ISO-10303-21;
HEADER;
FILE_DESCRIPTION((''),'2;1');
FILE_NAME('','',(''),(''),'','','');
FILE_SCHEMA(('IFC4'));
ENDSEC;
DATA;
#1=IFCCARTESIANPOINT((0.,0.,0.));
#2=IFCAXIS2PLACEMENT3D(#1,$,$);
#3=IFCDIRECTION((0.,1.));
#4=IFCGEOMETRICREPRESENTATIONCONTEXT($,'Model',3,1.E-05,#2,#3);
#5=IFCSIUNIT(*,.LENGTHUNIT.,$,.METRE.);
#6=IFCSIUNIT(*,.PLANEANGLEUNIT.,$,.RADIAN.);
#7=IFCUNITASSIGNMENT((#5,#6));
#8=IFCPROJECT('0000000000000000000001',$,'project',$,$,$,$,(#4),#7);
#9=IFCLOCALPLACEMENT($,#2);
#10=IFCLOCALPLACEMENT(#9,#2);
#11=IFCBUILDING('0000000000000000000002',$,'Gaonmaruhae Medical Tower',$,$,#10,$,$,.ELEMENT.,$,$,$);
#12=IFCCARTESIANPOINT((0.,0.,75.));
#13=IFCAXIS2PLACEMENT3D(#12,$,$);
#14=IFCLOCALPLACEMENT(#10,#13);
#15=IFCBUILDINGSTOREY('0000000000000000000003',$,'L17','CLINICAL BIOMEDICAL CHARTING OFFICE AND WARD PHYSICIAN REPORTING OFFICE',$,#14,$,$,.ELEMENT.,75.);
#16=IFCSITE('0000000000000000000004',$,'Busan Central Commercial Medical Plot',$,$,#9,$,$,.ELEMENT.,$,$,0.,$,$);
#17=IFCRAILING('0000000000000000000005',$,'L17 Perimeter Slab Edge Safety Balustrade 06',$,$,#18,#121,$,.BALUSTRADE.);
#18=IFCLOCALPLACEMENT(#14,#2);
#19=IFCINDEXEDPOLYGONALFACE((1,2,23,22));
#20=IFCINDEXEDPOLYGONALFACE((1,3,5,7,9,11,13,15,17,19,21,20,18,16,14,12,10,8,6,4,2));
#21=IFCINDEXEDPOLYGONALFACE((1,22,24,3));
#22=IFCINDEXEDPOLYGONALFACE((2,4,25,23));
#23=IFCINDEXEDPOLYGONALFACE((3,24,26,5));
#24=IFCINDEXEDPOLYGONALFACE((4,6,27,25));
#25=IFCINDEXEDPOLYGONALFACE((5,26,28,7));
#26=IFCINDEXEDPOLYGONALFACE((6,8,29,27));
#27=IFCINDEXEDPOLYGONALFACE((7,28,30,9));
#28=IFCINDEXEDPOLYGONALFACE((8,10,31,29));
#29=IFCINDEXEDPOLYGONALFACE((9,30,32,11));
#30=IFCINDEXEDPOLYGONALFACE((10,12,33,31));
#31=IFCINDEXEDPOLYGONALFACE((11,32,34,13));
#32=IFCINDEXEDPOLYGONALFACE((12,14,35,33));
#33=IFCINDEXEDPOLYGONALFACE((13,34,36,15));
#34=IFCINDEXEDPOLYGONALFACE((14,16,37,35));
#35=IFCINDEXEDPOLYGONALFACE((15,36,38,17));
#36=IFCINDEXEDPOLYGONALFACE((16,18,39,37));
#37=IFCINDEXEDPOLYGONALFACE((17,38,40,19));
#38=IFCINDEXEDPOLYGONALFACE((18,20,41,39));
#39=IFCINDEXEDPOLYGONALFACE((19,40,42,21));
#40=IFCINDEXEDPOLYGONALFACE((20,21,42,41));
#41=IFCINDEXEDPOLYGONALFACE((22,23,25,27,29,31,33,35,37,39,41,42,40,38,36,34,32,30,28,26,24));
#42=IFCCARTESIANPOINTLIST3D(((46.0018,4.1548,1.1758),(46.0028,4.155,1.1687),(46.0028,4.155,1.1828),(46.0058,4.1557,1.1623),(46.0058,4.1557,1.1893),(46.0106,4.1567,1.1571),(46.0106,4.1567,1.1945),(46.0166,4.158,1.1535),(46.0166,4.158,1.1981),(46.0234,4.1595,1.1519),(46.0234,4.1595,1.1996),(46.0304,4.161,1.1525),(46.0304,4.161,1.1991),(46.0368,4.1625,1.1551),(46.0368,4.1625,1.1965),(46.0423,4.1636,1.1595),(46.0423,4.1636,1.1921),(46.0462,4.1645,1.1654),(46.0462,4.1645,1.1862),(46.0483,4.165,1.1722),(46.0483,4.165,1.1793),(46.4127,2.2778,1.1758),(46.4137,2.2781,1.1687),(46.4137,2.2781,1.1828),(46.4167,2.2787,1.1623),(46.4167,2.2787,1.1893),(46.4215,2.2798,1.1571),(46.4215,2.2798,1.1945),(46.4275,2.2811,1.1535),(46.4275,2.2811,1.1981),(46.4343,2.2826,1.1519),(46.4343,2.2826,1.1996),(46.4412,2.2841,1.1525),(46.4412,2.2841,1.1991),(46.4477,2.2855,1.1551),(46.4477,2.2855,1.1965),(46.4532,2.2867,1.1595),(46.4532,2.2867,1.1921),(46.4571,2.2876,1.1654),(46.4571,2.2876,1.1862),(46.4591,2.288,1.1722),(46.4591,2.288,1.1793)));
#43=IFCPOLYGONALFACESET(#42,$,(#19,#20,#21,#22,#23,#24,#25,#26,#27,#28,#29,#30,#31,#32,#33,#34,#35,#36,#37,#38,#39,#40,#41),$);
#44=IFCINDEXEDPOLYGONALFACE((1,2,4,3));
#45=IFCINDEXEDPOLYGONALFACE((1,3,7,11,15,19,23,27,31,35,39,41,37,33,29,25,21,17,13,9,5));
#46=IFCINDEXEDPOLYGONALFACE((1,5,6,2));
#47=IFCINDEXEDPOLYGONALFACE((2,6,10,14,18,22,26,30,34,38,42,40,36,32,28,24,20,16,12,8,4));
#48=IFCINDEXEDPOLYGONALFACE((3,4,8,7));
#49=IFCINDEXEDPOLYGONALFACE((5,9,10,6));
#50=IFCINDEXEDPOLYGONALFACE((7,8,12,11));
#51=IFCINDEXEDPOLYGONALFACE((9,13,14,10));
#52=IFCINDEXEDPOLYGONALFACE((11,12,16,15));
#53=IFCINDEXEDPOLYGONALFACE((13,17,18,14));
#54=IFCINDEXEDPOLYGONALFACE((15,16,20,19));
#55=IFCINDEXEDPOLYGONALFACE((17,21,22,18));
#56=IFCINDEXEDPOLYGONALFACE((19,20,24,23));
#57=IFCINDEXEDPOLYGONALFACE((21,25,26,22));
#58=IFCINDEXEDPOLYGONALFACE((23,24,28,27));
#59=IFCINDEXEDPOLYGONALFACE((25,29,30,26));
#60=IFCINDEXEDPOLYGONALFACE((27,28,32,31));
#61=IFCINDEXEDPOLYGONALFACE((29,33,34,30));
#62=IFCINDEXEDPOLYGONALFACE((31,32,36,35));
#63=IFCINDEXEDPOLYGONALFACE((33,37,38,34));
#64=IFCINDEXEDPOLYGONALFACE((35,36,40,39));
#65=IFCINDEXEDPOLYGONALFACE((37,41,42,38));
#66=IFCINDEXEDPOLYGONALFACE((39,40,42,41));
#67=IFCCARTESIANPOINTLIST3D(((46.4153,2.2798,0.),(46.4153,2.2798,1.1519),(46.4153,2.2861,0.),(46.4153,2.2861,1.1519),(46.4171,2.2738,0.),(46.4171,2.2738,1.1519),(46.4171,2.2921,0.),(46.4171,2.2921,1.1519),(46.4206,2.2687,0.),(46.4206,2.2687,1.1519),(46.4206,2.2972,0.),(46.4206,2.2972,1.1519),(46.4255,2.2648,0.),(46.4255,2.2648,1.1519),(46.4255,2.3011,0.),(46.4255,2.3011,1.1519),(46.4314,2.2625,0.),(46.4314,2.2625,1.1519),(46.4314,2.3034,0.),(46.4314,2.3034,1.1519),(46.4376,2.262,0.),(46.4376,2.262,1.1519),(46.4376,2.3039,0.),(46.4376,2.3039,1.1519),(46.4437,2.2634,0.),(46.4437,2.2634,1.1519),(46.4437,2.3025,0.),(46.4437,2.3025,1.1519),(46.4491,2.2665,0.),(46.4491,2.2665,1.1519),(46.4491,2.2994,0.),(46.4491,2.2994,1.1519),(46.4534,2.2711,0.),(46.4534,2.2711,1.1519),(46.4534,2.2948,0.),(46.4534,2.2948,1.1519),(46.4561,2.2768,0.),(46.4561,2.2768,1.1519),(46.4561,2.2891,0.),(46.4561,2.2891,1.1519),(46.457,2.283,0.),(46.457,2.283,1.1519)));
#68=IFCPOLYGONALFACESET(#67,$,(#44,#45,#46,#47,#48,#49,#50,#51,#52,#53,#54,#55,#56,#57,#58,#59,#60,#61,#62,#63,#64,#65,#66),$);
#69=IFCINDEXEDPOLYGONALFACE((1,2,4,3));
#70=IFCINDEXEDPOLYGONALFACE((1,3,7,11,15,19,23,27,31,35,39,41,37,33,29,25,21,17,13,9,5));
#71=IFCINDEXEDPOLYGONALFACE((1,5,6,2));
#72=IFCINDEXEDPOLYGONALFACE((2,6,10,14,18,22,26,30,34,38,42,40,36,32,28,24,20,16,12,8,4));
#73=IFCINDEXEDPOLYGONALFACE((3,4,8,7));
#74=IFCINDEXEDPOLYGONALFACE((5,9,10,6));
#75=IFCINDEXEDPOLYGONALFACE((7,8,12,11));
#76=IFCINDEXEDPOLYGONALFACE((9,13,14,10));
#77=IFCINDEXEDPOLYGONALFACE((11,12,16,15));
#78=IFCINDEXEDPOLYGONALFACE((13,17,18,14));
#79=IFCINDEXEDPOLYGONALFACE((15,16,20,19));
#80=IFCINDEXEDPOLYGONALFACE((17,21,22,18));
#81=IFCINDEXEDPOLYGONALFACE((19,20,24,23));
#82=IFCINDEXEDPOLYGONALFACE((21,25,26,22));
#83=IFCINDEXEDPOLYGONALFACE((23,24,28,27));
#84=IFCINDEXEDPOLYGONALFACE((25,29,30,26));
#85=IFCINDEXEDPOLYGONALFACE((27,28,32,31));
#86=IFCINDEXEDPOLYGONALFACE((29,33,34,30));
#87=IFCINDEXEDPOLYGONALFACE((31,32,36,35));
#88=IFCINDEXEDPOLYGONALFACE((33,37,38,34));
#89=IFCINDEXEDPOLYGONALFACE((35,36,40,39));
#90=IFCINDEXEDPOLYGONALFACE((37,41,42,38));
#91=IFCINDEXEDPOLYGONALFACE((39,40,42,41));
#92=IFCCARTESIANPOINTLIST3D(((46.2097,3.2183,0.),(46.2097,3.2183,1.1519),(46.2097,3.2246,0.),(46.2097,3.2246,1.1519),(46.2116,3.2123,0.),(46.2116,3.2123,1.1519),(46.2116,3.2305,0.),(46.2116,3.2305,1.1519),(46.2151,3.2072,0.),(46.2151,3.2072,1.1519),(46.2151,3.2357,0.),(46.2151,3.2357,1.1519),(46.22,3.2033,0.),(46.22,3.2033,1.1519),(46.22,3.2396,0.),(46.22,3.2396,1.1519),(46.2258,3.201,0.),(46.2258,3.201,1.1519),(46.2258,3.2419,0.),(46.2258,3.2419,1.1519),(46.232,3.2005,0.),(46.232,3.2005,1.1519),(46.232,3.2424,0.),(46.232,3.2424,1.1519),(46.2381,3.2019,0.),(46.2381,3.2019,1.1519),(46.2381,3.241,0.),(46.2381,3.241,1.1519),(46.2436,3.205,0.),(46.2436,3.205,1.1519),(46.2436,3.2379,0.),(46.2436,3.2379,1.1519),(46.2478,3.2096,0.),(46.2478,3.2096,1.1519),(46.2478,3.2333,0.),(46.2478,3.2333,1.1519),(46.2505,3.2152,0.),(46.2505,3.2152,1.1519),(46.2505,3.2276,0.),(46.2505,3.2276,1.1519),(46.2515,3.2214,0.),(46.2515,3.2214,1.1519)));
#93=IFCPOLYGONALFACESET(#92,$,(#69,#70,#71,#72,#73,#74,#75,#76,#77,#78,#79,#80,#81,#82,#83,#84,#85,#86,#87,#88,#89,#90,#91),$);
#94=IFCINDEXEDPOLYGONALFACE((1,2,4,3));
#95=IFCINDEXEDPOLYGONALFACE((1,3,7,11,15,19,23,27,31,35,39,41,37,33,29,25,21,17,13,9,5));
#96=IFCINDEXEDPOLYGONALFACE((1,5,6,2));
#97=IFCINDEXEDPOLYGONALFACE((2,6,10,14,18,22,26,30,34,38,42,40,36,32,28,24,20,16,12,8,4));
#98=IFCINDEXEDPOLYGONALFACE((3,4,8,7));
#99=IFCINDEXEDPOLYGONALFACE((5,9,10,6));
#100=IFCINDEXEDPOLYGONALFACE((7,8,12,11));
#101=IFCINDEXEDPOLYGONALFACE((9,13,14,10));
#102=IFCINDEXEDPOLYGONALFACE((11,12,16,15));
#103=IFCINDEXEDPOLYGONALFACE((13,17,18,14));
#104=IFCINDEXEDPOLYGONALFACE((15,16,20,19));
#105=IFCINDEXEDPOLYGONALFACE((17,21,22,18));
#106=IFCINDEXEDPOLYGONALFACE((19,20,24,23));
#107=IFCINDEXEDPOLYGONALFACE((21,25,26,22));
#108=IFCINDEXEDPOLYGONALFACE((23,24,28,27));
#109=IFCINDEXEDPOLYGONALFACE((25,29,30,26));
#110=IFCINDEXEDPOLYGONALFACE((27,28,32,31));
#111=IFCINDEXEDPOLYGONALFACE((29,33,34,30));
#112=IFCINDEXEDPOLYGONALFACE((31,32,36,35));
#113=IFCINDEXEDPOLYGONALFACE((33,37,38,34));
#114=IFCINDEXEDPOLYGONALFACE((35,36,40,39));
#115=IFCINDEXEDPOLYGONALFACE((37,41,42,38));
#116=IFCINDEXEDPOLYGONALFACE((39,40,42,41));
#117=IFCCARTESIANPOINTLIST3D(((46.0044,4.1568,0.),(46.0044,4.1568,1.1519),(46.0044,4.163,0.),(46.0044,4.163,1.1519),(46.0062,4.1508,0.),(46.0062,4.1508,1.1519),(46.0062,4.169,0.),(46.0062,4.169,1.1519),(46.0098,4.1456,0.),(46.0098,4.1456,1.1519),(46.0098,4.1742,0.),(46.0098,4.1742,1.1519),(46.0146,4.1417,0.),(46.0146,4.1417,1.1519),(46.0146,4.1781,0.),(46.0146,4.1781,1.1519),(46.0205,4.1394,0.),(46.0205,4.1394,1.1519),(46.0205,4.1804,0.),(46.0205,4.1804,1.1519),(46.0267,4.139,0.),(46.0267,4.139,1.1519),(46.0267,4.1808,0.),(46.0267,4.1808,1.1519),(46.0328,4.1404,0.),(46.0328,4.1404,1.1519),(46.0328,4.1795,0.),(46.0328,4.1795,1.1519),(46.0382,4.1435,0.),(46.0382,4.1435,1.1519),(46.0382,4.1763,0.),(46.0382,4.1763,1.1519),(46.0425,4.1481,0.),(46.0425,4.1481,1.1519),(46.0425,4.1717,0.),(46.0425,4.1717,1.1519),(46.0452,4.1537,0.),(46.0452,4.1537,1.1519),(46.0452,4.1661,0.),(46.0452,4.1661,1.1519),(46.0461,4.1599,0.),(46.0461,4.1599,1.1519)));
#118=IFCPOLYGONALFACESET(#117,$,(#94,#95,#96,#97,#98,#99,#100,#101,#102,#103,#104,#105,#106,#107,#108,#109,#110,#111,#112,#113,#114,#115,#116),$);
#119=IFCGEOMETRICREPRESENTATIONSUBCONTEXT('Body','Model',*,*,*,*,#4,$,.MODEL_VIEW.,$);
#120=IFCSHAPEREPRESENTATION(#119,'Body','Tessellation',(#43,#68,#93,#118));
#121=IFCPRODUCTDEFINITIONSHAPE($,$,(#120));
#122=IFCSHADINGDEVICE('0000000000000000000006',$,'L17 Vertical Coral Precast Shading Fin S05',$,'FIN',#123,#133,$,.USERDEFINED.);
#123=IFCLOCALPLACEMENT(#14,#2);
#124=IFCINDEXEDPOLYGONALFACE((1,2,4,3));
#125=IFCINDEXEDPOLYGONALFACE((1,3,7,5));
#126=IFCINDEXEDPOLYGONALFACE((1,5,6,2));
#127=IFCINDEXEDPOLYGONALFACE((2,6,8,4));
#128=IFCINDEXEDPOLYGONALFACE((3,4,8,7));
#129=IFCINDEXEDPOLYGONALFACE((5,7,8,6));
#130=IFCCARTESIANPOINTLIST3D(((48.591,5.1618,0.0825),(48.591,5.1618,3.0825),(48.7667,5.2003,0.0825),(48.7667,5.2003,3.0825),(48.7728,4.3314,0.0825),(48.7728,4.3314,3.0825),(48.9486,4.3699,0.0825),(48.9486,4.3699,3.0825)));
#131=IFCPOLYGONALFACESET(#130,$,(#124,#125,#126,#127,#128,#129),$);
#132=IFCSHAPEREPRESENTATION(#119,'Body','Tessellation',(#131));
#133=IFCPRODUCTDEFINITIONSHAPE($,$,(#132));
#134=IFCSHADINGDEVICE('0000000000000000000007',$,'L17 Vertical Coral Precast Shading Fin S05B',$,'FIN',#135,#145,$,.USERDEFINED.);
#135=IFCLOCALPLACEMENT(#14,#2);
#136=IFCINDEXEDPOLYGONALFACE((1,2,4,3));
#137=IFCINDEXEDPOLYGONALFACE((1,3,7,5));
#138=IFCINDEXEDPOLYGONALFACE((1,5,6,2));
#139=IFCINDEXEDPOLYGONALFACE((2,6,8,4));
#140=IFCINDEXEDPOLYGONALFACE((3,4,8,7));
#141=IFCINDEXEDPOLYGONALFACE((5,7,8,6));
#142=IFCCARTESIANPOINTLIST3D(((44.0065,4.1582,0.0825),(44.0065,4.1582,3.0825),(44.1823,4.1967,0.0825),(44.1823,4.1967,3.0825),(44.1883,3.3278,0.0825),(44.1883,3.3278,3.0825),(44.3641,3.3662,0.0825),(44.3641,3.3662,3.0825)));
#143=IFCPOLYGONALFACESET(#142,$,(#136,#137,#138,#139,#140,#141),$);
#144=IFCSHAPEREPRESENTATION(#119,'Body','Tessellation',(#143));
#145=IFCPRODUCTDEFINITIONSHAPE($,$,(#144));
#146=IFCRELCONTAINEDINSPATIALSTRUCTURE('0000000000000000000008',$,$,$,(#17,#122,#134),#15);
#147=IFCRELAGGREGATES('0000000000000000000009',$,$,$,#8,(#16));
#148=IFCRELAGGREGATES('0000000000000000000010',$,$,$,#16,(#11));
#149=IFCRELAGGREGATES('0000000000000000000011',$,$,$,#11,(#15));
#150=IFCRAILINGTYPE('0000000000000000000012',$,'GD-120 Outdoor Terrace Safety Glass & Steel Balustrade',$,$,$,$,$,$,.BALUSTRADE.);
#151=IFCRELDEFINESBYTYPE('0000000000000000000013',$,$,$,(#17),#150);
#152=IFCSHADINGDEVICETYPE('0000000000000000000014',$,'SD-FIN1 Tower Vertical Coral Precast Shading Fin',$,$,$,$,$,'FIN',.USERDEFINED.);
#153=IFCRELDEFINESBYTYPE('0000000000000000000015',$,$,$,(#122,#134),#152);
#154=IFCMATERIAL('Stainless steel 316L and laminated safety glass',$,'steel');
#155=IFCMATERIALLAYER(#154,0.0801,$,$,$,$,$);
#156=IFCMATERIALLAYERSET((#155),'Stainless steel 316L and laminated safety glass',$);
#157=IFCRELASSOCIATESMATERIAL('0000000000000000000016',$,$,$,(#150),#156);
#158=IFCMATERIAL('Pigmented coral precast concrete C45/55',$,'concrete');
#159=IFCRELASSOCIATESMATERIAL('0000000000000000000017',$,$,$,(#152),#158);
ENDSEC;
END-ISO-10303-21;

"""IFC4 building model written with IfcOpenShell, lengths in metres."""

from ifc_helpers import new_model, si_unit, direction, frame, origin, origin_2d, place, context, subcontext, project, spatial, rectangle, circle, extrude, material, layer, layer_set, type_object, element, save


model = new_model("IFC4")

# Units and contexts
model_context = context("Model", 3, precision=1e-05, world=origin(), true_north=direction((0.0, 1.0)))
body_context = subcontext(model_context, "Body", "Model", "MODEL_VIEW")
ifc_project = project(units=[si_unit("LENGTHUNIT", "METRE"), si_unit("PLANEANGLEUNIT", "RADIAN")], contexts=[model_context])

# Site, building, storey
site_placement = place(None, origin())
site = spatial("IfcSite", under=ifc_project, at=site_placement, Name="Busan Central Commercial Medical Plot", CompositionType="ELEMENT", RefElevation=0.0)
building_placement = place(site_placement, origin())
building = spatial("IfcBuilding", under=site, at=building_placement, Name="Gaonmaruhae Medical Tower", CompositionType="ELEMENT")
storey_placement = place(building_placement, frame((0.0, 0.0, 75.0)))
storey = spatial("IfcBuildingStorey", under=building, at=storey_placement, Name="L17", Description="CLINICAL BIOMEDICAL CHARTING OFFICE AND WARD PHYSICIAN REPORTING OFFICE", CompositionType="ELEMENT", Elevation=75.0)

# Railing
ifc_material_1 = material(Name="Stainless steel 316L and laminated safety glass", Category="steel")
ifc_layer_1 = layer(ifc_material_1, 0.0801)
ifc_layer_set_1 = layer_set([ifc_layer_1], Name="Stainless steel 316L and laminated safety glass")
railing_type = type_object("IfcRailingType", Name="GD-120 Outdoor Terrace Safety Glass & Steel Balustrade", PredefinedType="BALUSTRADE", material=ifc_layer_set_1)
railing_1_placement = place(storey_placement, frame((46.436, 2.283, 0.0)))
element("IfcRailing", 1, at=railing_1_placement, inside=storey, type_object=railing_type, Name="L17 Perimeter Slab Edge Safety Balustrade 06", PredefinedType="BALUSTRADE", context=body_context, shape_type="SweptSolid", body=[
    extrude(circle(Radius=0.0239, at=origin_2d()), frame((0.0, 0.0, 1.1758), z_axis=(-0.213848, 0.976867, 0.0), x_axis=(-0.976867, -0.213848, 0.0)), (0.0, 0.0, 1.0), 1.9214),
    extrude(circle(Radius=0.021, at=origin_2d()), origin(), (0.0, 0.0, 1.0), 1.1519),
    extrude(circle(Radius=0.021, at=origin_2d()), frame((-0.2056, 0.9385, 0.0)), (0.0, 0.0, 1.0), 1.1519),
    extrude(circle(Radius=0.021, at=origin_2d()), frame((-0.4109, 1.877, 0.0)), (0.0, 0.0, 1.0), 1.1519),
])

# Shading devices
ifc_material_2 = material(Name="Pigmented coral precast concrete C45/55", Category="concrete")
shading_device_type = type_object("IfcShadingDeviceType", Name="SD-FIN1 Tower Vertical Coral Precast Shading Fin", ElementType="FIN", PredefinedType="USERDEFINED", material=ifc_material_2)
for number, where, z_axis, x_axis, name in (
    (2, (48.7698, 4.7659, 0.0825), (0.0, 0.0, 1.0), (-0.976859, -0.213883, 0.0), "L17 Vertical Coral Precast Shading Fin S05"),
    (3, (44.1853, 3.7622, 0.0825), (0.0, 0.0, 1.0), (-0.976859, -0.213883, 0.0), "L17 Vertical Coral Precast Shading Fin S05B"),
):
    element("IfcShadingDevice", number, at=place(storey_placement, frame(where, z_axis=z_axis, x_axis=x_axis)), inside=storey, type_object=shading_device_type, Name=name, ObjectType="FIN", PredefinedType="USERDEFINED", context=body_context, shape_type="SweptSolid", body=[
        extrude(rectangle(XDim=0.1799, YDim=0.8501, at=origin_2d()), origin(), (0.0, 0.0, 1.0), 3.0),
    ])

save(model, "model.ifc")
